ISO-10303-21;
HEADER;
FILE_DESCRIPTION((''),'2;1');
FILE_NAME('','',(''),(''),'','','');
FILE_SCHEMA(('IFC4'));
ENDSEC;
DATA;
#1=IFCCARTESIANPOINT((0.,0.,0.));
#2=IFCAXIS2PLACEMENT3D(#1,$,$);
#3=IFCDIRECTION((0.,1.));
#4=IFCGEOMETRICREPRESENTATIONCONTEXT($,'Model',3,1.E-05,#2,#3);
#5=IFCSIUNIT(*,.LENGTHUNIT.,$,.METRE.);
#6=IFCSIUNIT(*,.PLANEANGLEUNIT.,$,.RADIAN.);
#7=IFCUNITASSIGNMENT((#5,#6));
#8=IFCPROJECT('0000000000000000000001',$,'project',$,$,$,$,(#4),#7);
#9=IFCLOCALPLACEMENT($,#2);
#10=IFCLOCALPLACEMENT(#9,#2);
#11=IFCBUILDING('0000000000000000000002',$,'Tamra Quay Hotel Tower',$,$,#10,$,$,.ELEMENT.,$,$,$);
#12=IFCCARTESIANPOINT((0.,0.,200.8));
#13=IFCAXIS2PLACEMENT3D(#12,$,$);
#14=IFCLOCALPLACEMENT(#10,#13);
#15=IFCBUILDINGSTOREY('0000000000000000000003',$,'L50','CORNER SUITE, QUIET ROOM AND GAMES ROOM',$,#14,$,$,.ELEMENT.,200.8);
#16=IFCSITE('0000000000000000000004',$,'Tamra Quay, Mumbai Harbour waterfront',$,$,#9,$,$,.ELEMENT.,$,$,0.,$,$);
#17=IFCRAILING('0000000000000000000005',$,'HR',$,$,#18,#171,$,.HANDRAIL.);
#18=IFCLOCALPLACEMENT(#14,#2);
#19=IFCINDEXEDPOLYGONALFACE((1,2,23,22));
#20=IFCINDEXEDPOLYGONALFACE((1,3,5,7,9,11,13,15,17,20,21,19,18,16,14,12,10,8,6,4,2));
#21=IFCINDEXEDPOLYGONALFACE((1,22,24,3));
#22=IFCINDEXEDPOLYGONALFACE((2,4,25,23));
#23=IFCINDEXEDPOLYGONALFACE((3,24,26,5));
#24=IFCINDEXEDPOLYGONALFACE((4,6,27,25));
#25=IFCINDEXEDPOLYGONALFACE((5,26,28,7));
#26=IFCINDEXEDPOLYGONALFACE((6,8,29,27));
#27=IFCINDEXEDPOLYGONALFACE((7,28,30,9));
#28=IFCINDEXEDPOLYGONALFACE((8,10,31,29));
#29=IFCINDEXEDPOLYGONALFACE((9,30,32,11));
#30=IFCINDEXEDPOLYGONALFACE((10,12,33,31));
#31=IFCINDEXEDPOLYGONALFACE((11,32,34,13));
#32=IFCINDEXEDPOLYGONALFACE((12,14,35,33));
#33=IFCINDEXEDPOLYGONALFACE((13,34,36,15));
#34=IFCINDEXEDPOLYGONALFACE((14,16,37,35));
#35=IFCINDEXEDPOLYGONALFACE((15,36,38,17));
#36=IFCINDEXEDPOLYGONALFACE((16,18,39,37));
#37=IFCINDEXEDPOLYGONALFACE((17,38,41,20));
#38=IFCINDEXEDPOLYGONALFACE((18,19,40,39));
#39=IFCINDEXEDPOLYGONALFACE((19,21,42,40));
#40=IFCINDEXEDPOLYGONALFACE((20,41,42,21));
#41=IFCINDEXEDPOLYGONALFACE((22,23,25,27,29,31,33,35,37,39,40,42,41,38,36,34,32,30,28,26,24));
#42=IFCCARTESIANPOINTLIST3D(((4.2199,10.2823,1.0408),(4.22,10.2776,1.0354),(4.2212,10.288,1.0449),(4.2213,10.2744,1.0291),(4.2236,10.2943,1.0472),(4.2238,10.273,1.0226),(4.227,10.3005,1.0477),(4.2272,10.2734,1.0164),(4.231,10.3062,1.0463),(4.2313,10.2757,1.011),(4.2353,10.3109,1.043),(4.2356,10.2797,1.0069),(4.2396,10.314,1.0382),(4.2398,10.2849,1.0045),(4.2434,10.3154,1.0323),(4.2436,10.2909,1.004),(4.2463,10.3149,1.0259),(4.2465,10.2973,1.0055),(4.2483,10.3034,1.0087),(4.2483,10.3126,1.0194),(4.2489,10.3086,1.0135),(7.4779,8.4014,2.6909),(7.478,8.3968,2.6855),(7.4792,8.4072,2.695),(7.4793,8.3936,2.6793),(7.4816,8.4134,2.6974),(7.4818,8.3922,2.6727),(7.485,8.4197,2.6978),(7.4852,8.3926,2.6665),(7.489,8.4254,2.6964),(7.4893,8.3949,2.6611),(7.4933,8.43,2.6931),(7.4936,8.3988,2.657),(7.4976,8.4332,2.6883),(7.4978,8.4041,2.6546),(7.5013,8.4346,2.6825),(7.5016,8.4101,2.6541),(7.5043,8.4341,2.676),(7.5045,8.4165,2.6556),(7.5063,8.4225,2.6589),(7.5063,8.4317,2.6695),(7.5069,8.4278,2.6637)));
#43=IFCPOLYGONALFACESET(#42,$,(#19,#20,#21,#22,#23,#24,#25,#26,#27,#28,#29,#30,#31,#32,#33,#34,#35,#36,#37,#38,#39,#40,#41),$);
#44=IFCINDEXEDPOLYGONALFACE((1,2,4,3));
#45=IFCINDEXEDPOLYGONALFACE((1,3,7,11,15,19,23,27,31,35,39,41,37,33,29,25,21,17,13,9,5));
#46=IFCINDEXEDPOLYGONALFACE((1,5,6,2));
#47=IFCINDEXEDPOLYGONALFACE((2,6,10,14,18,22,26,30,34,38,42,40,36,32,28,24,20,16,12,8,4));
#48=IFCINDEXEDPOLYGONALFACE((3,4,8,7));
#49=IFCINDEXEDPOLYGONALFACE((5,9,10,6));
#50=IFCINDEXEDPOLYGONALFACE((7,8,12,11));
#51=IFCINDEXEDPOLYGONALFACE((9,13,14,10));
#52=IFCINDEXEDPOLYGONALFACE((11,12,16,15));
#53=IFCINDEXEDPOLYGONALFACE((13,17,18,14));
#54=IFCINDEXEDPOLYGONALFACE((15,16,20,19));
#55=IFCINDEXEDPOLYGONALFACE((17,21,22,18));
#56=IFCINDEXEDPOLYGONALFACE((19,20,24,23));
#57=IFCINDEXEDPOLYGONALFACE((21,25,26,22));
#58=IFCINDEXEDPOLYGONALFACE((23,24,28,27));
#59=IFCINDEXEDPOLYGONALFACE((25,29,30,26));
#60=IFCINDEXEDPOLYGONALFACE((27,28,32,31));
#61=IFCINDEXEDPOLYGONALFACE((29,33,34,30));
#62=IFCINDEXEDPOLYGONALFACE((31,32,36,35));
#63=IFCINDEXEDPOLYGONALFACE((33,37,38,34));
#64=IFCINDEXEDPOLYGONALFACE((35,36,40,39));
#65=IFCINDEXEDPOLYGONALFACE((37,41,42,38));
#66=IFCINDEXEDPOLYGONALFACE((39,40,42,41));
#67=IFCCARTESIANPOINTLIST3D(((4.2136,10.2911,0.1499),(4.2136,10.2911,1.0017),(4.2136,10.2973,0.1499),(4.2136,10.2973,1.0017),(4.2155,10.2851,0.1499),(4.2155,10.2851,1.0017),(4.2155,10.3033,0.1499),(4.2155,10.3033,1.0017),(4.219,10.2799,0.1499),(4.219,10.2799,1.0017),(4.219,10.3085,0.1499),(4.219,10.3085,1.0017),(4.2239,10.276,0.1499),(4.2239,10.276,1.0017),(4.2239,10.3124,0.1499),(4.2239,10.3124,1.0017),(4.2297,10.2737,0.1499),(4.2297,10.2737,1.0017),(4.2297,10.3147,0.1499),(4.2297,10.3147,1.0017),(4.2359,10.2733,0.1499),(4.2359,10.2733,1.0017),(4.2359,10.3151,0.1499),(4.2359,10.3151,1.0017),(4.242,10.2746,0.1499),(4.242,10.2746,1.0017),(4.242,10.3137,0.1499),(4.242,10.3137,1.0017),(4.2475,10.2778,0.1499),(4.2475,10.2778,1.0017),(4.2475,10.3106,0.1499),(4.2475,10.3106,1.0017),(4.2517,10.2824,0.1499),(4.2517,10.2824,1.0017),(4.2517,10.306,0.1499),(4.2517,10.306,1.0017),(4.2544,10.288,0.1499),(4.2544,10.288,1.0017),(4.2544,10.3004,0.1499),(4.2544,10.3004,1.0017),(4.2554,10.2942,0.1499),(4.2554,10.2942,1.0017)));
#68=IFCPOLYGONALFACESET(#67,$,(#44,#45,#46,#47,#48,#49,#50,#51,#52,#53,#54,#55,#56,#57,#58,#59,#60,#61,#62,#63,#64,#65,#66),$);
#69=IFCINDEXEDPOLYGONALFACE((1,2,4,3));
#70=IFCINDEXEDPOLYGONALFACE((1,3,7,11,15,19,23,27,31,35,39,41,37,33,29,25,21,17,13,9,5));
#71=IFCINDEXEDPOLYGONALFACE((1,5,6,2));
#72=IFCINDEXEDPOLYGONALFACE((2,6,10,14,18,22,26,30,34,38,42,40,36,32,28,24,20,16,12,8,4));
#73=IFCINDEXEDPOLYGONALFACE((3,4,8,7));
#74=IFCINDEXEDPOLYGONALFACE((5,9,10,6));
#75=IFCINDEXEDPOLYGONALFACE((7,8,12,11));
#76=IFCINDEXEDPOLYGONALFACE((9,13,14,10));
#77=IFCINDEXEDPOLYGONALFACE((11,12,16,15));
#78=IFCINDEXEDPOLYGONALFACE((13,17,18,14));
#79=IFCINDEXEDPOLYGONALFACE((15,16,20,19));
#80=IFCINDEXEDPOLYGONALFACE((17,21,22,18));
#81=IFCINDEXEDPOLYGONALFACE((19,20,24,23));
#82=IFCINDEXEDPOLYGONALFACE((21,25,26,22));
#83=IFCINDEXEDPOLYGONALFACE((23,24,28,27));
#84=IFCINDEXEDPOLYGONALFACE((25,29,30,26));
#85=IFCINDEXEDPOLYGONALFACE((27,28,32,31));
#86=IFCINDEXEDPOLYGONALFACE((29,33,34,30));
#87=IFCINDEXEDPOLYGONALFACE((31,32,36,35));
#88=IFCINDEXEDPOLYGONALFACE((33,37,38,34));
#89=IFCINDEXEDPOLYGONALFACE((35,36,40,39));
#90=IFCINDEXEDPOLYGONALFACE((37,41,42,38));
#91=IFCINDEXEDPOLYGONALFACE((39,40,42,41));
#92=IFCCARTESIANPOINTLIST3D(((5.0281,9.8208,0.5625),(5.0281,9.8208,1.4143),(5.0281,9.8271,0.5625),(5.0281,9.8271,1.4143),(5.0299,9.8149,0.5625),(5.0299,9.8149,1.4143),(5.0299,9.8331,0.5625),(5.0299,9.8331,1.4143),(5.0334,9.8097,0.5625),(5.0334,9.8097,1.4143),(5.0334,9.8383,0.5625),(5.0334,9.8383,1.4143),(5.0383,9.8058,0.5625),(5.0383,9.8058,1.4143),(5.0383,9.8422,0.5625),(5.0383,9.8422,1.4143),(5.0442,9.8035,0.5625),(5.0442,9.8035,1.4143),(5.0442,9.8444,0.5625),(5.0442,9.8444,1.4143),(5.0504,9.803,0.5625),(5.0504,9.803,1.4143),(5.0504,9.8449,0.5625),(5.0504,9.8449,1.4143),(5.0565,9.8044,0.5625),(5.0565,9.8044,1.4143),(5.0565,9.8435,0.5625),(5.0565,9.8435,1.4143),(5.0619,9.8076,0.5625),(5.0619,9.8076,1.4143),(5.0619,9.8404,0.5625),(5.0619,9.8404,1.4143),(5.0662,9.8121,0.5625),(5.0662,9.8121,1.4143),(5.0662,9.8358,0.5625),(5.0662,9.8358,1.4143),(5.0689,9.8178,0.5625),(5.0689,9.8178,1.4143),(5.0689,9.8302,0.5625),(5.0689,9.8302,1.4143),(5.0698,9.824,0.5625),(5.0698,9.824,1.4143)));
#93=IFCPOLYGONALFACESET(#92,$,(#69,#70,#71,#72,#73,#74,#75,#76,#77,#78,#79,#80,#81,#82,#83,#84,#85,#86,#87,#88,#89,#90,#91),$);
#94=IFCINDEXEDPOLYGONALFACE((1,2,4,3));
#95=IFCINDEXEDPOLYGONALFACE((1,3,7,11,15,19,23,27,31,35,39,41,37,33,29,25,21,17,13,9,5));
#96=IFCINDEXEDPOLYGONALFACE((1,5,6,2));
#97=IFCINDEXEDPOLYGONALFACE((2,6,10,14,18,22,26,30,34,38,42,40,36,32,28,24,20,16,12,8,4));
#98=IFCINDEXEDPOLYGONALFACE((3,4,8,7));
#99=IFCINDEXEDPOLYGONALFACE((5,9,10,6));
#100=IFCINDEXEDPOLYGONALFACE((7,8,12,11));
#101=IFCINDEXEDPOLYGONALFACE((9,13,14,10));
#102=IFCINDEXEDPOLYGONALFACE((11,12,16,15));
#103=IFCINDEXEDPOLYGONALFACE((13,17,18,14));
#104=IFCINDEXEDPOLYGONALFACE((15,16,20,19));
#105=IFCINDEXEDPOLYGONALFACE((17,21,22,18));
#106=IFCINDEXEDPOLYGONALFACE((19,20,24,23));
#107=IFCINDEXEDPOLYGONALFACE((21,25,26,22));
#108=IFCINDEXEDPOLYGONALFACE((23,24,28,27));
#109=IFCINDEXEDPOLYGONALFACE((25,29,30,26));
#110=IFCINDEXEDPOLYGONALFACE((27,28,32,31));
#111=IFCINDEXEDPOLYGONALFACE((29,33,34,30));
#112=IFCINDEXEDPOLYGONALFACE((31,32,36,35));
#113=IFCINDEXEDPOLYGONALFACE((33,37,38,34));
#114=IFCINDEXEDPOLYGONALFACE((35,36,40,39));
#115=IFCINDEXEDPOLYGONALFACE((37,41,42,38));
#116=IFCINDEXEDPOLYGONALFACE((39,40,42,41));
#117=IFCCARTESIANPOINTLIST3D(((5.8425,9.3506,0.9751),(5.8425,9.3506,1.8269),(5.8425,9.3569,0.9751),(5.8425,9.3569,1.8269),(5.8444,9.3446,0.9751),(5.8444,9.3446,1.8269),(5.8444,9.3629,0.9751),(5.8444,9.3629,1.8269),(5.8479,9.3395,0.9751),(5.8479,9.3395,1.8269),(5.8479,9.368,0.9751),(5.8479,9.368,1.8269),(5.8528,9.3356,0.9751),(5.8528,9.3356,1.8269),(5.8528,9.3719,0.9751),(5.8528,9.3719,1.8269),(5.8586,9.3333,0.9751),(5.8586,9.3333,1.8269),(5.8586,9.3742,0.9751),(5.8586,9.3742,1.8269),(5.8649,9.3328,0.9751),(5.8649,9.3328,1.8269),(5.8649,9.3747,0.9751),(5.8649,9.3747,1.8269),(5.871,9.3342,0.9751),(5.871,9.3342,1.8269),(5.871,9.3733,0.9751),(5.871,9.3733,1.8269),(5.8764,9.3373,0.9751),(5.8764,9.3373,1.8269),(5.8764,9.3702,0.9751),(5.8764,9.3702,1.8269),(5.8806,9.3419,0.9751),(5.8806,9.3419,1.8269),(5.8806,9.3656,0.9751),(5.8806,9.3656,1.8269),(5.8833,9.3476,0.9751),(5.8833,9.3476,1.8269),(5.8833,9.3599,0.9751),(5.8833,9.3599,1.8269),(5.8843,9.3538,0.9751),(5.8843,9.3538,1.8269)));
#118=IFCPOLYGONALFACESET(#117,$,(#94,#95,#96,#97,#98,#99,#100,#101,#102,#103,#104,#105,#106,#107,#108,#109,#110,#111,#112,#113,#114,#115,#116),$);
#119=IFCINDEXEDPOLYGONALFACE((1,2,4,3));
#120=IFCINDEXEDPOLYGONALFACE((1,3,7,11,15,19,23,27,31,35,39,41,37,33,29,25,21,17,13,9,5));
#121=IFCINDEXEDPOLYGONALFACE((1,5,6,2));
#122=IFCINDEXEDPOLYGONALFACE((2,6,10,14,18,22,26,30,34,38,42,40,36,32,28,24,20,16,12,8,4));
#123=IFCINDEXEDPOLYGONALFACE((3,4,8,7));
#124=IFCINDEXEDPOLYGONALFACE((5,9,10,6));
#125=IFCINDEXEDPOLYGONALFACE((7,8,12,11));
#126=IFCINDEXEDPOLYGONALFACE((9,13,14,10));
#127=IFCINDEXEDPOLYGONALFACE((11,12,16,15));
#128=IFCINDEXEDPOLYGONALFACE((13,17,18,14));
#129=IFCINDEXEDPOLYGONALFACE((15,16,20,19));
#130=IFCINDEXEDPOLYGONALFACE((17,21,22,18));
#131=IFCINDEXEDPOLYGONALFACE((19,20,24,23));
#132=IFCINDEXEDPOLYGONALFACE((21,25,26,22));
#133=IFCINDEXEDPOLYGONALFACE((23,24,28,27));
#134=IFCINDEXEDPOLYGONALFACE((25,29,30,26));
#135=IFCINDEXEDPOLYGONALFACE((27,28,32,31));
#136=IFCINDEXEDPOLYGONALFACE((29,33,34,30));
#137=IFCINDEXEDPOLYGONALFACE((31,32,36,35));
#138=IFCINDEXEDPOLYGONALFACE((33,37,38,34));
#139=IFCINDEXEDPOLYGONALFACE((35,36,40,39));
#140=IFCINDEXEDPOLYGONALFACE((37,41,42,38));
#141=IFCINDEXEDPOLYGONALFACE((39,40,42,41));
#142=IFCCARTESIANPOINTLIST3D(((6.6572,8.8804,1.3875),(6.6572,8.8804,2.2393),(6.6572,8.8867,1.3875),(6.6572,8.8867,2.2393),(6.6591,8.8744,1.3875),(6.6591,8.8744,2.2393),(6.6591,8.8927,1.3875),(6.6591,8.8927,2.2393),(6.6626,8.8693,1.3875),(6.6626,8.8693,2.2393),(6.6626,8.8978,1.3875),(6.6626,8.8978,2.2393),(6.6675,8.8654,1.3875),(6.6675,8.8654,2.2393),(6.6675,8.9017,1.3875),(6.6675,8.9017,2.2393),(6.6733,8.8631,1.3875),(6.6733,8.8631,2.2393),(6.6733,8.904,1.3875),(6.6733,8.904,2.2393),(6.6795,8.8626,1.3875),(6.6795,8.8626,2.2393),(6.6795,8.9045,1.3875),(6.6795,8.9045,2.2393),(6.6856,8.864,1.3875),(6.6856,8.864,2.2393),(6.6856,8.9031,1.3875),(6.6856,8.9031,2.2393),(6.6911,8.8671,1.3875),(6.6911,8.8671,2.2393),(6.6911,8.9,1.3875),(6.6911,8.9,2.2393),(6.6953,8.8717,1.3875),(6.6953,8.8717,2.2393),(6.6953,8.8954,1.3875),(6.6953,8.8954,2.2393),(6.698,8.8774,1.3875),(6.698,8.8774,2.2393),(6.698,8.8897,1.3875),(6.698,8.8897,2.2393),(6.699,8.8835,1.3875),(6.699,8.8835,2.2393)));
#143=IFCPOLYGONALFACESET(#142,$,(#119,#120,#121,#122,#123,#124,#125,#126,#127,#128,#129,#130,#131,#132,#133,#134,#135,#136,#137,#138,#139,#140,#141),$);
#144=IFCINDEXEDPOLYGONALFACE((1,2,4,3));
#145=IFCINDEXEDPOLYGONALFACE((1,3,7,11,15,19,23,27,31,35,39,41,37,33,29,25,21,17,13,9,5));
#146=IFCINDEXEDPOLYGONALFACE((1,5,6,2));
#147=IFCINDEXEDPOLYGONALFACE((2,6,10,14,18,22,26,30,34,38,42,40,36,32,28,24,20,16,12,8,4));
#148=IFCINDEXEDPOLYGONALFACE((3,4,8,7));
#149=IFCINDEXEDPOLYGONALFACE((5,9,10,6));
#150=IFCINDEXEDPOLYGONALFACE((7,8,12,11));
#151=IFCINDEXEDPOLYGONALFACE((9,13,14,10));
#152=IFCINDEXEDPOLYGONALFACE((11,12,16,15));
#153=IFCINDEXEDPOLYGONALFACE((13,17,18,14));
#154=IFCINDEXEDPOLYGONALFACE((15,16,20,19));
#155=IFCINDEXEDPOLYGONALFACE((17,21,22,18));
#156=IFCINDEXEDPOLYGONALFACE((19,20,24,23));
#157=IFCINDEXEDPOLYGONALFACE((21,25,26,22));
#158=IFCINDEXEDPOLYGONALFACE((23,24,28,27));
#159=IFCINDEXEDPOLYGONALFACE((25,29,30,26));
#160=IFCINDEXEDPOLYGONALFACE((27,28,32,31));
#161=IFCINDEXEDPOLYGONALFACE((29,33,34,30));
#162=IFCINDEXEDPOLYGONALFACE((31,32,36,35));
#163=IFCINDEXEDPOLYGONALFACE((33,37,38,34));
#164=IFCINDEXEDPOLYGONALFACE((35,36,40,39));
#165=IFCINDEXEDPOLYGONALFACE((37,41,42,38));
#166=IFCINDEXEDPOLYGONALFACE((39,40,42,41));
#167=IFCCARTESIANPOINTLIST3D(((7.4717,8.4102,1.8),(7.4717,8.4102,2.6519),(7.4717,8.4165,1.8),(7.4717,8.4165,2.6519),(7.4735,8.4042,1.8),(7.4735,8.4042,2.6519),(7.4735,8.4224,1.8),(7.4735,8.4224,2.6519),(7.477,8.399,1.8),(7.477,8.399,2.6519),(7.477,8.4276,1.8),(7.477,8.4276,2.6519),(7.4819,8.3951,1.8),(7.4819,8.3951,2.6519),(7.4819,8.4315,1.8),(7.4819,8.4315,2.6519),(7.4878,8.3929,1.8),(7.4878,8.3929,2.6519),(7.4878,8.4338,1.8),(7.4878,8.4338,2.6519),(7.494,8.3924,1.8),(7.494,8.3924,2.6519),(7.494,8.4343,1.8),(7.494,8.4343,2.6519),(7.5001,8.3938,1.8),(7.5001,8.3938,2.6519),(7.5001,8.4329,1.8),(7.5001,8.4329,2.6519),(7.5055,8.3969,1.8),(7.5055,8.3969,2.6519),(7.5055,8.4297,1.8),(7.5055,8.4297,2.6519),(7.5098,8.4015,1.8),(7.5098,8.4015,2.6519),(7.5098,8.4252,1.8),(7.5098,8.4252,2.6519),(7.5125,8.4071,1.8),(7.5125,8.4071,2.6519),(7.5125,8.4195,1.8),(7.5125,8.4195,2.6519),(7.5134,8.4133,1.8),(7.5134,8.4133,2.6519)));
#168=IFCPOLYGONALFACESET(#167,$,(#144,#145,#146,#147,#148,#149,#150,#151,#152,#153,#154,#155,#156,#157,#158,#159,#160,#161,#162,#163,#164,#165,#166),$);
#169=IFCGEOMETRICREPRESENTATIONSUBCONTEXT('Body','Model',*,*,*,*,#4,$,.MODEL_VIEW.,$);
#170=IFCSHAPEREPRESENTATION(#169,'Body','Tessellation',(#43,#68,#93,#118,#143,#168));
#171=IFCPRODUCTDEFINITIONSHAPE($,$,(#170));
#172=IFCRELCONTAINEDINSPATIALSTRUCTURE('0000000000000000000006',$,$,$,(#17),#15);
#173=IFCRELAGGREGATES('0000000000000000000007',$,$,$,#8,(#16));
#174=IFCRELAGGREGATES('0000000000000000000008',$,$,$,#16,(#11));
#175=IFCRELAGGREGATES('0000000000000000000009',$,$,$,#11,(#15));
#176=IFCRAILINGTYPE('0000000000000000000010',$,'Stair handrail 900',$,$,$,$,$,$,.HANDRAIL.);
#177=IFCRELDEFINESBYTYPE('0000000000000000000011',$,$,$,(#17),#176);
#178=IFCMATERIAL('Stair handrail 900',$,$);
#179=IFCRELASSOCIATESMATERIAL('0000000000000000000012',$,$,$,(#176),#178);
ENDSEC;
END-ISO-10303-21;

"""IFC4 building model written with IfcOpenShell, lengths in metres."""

from ifc_helpers import new_model, si_unit, direction, frame, origin, origin_2d, place, context, subcontext, project, spatial, circle, extrude, material, type_object, element, save


model = new_model("IFC4")

# Units and contexts
model_context = context("Model", 3, precision=1e-05, world=origin(), true_north=direction((0.0, 1.0)))
body_context = subcontext(model_context, "Body", "Model", "MODEL_VIEW")
ifc_project = project(units=[si_unit("LENGTHUNIT", "METRE"), si_unit("PLANEANGLEUNIT", "RADIAN")], contexts=[model_context])

# Site, building, storey
site_placement = place(None, origin())
site = spatial("IfcSite", under=ifc_project, at=site_placement, Name="Tamra Quay, Mumbai Harbour waterfront", CompositionType="ELEMENT", RefElevation=0.0)
building_placement = place(site_placement, origin())
building = spatial("IfcBuilding", under=site, at=building_placement, Name="Tamra Quay Hotel Tower", CompositionType="ELEMENT")
storey_placement = place(building_placement, frame((0.0, 0.0, 200.8)))
storey = spatial("IfcBuildingStorey", under=building, at=storey_placement, Name="L50", Description="CORNER SUITE, QUIET ROOM AND GAMES ROOM", CompositionType="ELEMENT", Elevation=200.8)

# Railing
ifc_material_1 = material(Name="Stair handrail 900")
railing_type_1 = type_object("IfcRailingType", Name="Stair handrail 900", PredefinedType="HANDRAIL", material=ifc_material_1)
railing_1_placement = place(storey_placement, frame((4.2344, 10.2942, 0.1499)))
element("IfcRailing", 1, at=railing_1_placement, inside=storey, type_object=railing_type_1, Name="HR", PredefinedType="HANDRAIL", context=body_context, shape_type="SweptSolid", body=[
    extrude(circle(Radius=0.0239, at=origin_2d()), frame((0.0, 0.0, 0.876), z_axis=(0.793103, -0.457854, 0.401692), x_axis=(0.499964, 0.866046, 0.0)), (0.0, 0.0, 1.0), 4.1079),
    extrude(circle(Radius=0.021, at=origin_2d()), origin(), (0.0, 0.0, 1.0), 0.8518),
    extrude(circle(Radius=0.021, at=origin_2d()), frame((0.8145, -0.4702, 0.4126)), (0.0, 0.0, 1.0), 0.8518),
    extrude(circle(Radius=0.021, at=origin_2d()), frame((1.6289, -0.9404, 0.8252)), (0.0, 0.0, 1.0), 0.8518),
    extrude(circle(Radius=0.021, at=origin_2d()), frame((2.4436, -1.4106, 1.2375)), (0.0, 0.0, 1.0), 0.8518),
    extrude(circle(Radius=0.021, at=origin_2d()), frame((3.2581, -1.8809, 1.6501)), (0.0, 0.0, 1.0), 0.8518),
])

save(model, "model.ifc")
